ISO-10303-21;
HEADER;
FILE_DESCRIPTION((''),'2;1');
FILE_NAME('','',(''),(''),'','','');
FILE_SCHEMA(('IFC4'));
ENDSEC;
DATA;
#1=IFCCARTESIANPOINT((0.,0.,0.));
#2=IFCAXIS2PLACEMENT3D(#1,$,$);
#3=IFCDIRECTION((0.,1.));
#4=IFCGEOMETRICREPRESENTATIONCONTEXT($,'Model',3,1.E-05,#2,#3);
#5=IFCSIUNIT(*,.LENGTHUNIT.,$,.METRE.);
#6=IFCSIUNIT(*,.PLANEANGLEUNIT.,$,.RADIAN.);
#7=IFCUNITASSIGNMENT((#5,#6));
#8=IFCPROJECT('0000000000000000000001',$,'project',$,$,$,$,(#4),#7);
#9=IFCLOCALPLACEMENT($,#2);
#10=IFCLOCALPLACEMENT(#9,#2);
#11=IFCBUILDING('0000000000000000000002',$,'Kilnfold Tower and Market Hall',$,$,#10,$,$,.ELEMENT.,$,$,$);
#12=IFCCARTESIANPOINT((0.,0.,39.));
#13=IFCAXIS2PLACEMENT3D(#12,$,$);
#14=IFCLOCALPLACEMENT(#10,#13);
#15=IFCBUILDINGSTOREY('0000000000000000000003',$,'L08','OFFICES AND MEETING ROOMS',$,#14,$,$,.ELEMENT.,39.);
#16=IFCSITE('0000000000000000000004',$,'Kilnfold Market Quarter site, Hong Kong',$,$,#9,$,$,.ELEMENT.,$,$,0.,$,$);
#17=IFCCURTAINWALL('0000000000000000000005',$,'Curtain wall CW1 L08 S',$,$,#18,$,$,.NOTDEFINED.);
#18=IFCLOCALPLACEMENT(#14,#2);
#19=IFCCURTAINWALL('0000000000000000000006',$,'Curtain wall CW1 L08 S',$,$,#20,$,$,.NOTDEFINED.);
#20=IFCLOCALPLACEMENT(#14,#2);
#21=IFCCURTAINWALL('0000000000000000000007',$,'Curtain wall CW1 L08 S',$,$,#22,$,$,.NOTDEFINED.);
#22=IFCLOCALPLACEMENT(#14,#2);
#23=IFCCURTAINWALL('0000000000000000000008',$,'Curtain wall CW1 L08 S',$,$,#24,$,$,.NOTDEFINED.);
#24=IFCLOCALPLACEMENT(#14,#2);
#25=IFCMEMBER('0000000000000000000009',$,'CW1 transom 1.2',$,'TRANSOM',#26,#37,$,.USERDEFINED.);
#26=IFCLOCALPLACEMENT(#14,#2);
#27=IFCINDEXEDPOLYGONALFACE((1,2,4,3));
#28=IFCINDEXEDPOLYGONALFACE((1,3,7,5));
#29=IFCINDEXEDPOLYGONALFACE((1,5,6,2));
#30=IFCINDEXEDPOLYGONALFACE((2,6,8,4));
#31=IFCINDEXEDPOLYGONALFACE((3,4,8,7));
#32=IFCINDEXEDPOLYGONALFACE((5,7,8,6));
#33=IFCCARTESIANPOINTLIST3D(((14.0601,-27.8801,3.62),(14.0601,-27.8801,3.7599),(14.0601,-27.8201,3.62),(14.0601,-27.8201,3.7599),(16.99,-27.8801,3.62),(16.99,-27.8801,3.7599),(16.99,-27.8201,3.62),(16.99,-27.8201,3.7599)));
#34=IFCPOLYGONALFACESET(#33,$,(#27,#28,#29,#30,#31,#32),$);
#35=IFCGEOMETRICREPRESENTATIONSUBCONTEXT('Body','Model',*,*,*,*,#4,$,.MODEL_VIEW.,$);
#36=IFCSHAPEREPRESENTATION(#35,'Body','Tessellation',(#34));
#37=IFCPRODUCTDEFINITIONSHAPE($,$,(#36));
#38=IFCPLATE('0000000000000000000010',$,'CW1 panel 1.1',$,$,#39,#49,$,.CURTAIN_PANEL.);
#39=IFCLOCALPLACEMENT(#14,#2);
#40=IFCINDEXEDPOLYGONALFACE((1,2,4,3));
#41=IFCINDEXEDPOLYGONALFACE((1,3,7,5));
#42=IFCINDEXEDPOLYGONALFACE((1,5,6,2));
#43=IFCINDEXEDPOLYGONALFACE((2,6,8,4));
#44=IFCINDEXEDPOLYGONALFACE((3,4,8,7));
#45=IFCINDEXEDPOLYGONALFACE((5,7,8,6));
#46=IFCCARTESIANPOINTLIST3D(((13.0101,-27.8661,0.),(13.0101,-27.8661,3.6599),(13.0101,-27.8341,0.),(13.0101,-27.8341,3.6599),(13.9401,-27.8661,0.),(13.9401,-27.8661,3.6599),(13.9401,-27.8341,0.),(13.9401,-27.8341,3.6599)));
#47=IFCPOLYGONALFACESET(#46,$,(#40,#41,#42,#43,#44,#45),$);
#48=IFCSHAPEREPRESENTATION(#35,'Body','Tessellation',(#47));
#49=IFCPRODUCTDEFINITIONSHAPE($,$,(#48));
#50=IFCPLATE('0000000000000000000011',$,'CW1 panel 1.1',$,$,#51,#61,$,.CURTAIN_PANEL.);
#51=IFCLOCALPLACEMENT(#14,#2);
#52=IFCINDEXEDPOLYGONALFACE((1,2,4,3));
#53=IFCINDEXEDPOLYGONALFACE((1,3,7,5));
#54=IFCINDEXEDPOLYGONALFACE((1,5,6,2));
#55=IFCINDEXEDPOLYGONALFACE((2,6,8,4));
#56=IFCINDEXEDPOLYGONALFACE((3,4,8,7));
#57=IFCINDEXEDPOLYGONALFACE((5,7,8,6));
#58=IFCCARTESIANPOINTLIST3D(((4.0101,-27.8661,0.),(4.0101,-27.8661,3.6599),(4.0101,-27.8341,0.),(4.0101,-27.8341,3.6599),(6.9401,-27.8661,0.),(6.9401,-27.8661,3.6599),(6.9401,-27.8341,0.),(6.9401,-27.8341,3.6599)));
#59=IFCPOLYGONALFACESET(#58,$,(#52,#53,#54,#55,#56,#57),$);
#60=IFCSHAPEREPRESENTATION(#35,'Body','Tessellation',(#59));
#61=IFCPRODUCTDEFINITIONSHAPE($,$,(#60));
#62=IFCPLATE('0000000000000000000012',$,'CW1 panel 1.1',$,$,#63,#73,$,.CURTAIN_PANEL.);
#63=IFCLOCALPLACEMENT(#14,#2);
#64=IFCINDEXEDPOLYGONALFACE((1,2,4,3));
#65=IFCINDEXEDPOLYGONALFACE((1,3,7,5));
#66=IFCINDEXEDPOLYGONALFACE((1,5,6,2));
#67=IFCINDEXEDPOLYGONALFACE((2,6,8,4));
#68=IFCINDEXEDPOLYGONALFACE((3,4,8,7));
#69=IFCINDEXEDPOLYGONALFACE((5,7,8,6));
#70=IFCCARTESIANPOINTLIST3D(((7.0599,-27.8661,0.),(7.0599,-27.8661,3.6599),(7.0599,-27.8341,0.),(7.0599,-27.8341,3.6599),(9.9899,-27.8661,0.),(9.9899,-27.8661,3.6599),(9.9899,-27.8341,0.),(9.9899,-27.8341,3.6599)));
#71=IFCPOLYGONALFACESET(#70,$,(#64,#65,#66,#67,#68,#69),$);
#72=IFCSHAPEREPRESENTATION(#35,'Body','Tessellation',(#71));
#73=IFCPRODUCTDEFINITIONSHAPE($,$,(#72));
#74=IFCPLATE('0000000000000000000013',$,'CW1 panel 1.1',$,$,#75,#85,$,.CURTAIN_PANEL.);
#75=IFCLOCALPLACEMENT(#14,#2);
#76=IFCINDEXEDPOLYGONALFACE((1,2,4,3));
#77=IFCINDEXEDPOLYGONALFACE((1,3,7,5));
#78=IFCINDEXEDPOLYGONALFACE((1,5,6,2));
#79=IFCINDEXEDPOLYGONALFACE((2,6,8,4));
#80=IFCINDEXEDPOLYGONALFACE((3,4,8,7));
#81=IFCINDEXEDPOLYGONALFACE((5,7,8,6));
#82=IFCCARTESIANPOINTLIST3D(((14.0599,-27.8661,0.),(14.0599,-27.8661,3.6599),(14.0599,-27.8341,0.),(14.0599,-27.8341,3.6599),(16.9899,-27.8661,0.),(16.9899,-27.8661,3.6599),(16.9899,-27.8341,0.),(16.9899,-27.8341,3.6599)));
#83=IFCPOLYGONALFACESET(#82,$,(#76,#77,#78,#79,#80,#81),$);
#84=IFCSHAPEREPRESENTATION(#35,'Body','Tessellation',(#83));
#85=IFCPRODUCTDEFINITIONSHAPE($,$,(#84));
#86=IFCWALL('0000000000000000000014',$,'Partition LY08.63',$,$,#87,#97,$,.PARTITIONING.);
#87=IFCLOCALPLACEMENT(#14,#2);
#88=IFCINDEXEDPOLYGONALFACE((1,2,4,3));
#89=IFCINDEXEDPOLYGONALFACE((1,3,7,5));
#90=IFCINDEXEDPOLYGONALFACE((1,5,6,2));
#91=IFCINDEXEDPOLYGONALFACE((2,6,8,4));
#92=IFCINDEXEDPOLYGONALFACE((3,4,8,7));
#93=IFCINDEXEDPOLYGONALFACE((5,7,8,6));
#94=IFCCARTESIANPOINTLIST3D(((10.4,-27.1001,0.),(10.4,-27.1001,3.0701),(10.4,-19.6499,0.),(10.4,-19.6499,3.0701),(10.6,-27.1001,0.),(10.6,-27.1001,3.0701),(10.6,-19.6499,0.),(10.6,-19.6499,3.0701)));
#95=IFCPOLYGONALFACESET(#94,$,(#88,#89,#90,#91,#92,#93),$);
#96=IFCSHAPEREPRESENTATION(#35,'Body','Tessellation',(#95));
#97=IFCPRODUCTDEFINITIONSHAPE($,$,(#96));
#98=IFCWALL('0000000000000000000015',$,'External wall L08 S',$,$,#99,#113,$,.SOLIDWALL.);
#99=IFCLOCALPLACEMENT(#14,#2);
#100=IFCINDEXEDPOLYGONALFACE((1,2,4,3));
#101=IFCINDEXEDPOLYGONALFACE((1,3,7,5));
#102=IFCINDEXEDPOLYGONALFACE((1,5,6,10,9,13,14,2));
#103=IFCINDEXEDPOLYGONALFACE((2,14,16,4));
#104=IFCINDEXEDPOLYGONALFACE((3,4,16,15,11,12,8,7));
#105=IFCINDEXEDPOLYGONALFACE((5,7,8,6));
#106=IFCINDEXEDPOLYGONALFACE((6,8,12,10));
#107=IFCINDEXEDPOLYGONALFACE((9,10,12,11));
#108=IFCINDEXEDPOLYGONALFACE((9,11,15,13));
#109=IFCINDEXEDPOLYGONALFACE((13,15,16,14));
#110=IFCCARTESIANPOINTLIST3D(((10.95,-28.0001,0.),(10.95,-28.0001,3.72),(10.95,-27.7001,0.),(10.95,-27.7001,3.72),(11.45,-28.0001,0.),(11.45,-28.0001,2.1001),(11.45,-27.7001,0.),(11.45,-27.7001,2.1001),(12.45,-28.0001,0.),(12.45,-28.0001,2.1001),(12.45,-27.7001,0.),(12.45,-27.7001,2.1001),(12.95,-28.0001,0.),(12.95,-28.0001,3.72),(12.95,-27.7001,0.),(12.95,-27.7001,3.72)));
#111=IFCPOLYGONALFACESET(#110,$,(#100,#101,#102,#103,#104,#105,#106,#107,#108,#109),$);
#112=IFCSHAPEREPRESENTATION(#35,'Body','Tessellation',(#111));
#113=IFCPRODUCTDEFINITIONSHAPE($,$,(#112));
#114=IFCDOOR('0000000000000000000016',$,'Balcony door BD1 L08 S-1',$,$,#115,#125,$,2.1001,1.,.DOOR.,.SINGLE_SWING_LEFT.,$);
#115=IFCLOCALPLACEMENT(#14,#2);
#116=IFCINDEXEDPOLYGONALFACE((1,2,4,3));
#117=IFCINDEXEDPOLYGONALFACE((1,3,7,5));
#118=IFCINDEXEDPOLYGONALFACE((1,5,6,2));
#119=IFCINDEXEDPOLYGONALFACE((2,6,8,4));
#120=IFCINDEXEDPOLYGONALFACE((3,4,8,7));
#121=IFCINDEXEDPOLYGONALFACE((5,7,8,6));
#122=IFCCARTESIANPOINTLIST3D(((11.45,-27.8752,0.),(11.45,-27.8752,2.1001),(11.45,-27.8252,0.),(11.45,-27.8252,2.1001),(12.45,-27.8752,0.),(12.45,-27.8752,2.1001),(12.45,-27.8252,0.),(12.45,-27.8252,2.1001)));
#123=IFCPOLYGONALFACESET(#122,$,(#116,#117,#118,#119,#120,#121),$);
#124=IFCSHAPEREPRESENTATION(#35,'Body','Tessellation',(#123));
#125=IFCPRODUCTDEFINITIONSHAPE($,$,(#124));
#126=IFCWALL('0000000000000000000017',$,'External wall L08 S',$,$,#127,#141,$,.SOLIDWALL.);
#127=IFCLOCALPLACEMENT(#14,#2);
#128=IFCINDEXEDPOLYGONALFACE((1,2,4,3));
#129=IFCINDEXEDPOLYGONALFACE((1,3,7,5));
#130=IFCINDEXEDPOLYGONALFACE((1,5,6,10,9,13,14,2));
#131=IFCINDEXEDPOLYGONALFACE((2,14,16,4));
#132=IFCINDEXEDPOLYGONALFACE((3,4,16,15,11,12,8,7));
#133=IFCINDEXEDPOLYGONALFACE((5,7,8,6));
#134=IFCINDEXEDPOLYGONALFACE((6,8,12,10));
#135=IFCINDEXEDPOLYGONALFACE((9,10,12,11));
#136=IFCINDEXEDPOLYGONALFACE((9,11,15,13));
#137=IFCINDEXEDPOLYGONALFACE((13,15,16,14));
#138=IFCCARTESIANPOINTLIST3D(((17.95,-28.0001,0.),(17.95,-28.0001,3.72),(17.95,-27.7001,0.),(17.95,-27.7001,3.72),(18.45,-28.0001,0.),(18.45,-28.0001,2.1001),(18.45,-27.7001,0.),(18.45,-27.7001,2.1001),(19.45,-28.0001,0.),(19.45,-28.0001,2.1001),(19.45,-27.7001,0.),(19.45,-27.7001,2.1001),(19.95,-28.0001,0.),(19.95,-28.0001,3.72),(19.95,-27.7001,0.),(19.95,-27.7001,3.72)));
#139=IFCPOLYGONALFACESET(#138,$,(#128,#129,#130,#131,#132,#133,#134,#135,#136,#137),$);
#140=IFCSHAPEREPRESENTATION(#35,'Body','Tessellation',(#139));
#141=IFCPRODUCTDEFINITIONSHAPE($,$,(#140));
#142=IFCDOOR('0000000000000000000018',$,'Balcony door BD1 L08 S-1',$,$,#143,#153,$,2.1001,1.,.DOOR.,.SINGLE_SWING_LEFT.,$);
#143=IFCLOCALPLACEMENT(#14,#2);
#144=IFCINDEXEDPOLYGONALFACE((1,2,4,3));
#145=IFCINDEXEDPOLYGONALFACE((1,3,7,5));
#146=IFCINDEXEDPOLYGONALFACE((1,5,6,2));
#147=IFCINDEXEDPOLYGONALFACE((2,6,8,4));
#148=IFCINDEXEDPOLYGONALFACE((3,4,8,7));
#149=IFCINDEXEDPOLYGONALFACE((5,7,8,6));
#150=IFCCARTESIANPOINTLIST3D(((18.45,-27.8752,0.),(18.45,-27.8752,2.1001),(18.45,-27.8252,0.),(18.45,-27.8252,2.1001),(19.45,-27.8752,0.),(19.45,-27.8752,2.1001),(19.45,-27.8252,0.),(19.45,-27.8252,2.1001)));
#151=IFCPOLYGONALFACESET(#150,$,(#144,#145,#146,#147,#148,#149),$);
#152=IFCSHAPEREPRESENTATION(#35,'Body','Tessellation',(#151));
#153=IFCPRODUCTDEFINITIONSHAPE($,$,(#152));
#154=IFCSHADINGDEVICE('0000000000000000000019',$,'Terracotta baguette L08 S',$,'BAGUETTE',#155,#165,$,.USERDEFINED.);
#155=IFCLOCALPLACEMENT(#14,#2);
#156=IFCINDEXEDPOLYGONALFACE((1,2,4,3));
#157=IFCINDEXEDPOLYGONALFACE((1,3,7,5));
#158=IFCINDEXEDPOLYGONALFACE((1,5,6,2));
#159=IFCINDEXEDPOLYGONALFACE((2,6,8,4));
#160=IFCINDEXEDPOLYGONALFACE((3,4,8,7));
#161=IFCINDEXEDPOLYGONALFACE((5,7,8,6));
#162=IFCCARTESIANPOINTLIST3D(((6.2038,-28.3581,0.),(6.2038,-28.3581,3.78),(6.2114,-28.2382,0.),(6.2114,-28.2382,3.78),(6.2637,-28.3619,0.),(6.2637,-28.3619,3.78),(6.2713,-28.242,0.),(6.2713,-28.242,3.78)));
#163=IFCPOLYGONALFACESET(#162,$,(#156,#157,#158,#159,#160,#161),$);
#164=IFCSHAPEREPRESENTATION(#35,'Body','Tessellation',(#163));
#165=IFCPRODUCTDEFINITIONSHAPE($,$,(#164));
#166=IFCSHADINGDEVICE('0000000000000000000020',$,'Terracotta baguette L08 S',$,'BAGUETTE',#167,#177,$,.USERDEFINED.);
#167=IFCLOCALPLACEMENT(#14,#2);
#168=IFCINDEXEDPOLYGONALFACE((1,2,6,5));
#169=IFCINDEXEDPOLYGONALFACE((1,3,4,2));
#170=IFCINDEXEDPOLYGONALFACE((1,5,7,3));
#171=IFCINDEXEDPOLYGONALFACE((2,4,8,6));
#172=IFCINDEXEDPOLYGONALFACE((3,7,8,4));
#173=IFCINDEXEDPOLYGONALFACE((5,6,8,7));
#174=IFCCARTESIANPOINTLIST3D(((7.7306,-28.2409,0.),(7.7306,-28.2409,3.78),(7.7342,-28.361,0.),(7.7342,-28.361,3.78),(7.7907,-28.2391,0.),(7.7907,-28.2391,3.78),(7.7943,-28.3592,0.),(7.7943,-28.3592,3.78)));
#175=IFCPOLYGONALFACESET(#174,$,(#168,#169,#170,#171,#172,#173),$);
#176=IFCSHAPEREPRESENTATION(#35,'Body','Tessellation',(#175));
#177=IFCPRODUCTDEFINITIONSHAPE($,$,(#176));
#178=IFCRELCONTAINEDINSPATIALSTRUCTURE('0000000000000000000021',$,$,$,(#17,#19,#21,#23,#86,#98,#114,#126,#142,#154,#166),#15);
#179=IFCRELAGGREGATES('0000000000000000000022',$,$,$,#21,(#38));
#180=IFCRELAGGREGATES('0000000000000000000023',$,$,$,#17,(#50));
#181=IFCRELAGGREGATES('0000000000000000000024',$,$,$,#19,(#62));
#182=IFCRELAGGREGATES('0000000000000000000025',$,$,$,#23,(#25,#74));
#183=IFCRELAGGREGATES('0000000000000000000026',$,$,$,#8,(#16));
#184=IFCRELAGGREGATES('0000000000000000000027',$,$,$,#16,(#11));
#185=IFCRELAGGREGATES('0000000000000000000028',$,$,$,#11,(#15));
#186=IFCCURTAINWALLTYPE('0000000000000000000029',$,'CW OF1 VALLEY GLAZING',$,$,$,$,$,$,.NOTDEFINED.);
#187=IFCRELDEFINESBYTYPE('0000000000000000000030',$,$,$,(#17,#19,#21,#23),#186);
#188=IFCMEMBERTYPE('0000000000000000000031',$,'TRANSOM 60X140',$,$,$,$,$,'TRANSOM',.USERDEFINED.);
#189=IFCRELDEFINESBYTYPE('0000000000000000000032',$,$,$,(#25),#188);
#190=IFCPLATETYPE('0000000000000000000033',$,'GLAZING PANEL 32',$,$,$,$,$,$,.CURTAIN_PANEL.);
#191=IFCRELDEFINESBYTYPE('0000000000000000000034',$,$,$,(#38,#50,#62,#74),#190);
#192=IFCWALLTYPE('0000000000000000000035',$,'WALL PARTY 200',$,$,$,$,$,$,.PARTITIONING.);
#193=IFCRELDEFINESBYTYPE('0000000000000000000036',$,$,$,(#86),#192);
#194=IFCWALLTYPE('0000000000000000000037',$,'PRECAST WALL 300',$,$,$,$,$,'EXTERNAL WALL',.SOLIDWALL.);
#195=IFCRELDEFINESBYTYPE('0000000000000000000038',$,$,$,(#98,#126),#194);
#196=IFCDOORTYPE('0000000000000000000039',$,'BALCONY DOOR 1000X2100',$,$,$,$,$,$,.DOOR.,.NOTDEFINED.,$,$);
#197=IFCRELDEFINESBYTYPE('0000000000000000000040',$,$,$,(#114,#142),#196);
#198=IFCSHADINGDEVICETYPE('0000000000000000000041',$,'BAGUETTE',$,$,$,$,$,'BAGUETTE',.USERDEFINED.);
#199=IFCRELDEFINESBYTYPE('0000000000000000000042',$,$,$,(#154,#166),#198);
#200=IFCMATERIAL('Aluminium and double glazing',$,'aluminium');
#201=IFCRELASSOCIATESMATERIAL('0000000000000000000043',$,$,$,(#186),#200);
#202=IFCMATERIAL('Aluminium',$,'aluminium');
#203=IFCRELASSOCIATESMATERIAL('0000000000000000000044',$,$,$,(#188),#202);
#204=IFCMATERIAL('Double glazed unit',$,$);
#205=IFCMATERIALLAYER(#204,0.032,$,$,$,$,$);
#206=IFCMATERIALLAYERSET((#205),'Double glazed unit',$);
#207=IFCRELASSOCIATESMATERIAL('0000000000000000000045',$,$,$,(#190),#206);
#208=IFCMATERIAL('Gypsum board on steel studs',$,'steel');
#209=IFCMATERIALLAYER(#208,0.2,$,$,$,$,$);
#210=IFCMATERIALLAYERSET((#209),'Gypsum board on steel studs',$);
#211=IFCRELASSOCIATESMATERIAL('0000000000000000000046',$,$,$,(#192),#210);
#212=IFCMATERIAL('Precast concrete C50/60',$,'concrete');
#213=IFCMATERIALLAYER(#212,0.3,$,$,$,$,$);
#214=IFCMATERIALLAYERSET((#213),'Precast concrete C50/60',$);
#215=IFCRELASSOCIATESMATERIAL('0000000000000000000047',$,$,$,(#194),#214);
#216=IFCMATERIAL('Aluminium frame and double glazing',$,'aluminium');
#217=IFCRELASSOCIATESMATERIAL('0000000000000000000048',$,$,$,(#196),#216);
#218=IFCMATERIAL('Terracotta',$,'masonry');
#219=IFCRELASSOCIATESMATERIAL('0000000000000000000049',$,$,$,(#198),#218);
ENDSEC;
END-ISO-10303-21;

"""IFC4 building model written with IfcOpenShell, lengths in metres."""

from ifc_helpers import new_model, si_unit, direction, frame, frame_2d, origin, origin_2d, place, context, subcontext, project, spatial, rectangle, extrude, source, transform, mapped, material, layer, layer_set, material_profile, profile_set, type_object, element, fill, aggregate, save


model = new_model("IFC4")

# Units and contexts
model_context = context("Model", 3, precision=1e-05, world=origin(), true_north=direction((0.0, 1.0)))
body_context = subcontext(model_context, "Body", "Model", "MODEL_VIEW")
ifc_project = project(units=[si_unit("LENGTHUNIT", "METRE"), si_unit("PLANEANGLEUNIT", "RADIAN")], contexts=[model_context])

# Site, building, storey
site_placement = place(None, origin())
site = spatial("IfcSite", under=ifc_project, at=site_placement, Name="Kilnfold Market Quarter site, Hong Kong", CompositionType="ELEMENT", RefElevation=0.0)
building_placement = place(site_placement, origin())
building = spatial("IfcBuilding", under=site, at=building_placement, Name="Kilnfold Tower and Market Hall", CompositionType="ELEMENT")
storey_placement = place(building_placement, frame((0.0, 0.0, 39.0)))
storey = spatial("IfcBuildingStorey", under=building, at=storey_placement, Name="L08", Description="OFFICES AND MEETING ROOMS", CompositionType="ELEMENT", Elevation=39.0)

# Curtain wall
ifc_material_1 = material(Name="Aluminium and double glazing", Category="aluminium")
curtain_wall_type = type_object("IfcCurtainWallType", Name="CW OF1 VALLEY GLAZING", PredefinedType="NOTDEFINED", material=ifc_material_1)
curtain_wall_1_placement = place(storey_placement, origin())
curtain_wall_1 = element("IfcCurtainWall", 1, at=curtain_wall_1_placement, inside=storey, type_object=curtain_wall_type, Name="Curtain wall CW1 L08 S", PredefinedType="NOTDEFINED")

# Curtain walls
curtain_wall_2_placement = place(storey_placement, origin())
curtain_wall_2 = element("IfcCurtainWall", 2, at=curtain_wall_2_placement, inside=storey, type_object=curtain_wall_type, Name="Curtain wall CW1 L08 S", PredefinedType="NOTDEFINED")
curtain_wall_3_placement = place(storey_placement, origin())
curtain_wall_3 = element("IfcCurtainWall", 3, at=curtain_wall_3_placement, inside=storey, type_object=curtain_wall_type, Name="Curtain wall CW1 L08 S", PredefinedType="NOTDEFINED")
curtain_wall_4_placement = place(storey_placement, origin())
curtain_wall_4 = element("IfcCurtainWall", 4, at=curtain_wall_4_placement, inside=storey, type_object=curtain_wall_type, Name="Curtain wall CW1 L08 S", PredefinedType="NOTDEFINED")

# Member
ifc_material_2 = material(Name="Aluminium", Category="aluminium")
ifc_material_profile_1 = material_profile(ifc_material_2, rectangle(XDim=0.0601, YDim=0.1399, at=origin_2d()), Name="TRANSOM 60x140")
ifc_profile_set_1 = profile_set([ifc_material_profile_1], Name="Aluminium")
member_type_1 = type_object("IfcMemberType", Name="TRANSOM 60X140", ElementType="TRANSOM", PredefinedType="USERDEFINED", material=ifc_profile_set_1)
shared_shape_1 = source(origin(), body_context, "Body", "SweptSolid", [
    extrude(rectangle(XDim=0.0601, YDim=0.1399, at=origin_2d()), origin(), (0.0, 0.0, 1.0), 2.9299),
])
member_1_placement = place(storey_placement, frame((14.0601, -27.8501, 3.6899), z_axis=(1.0, 0.0, 0.0), x_axis=(0.0, 1.0, 0.0)))
member_1 = element("IfcMember", 5, at=member_1_placement, type_object=member_type_1, Name="CW1 transom 1.2", ObjectType="TRANSOM", PredefinedType="USERDEFINED", context=body_context, shape_type="MappedRepresentation", body=[
    mapped(shared_shape_1, transform((0.0, 0.0, 0.0))),
])

# Plates
ifc_material_3 = material(Name="Double glazed unit")
ifc_layer_1 = layer(ifc_material_3, 0.032)
ifc_layer_set_1 = layer_set([ifc_layer_1], Name="Double glazed unit")
plate_type = type_object("IfcPlateType", Name="GLAZING PANEL 32", PredefinedType="CURTAIN_PANEL", material=ifc_layer_set_1)
shared_shape_2 = source(origin(), body_context, "Body", "SweptSolid", [
    extrude(rectangle(XDim=0.9299, YDim=0.032, at=origin_2d()), origin(), (0.0, 0.0, 1.0), 3.6599),
])
plate_1_placement = place(storey_placement, frame((13.4751, -27.8501, 0.0), z_axis=(0.0, 0.0, 1.0), x_axis=(1.0, 0.0, 0.0)))
plate_1 = element("IfcPlate", 6, at=plate_1_placement, type_object=plate_type, Name="CW1 panel 1.1", PredefinedType="CURTAIN_PANEL", context=body_context, shape_type="MappedRepresentation", body=[
    mapped(shared_shape_2, transform((0.0, 0.0, 0.0))),
])
aggregate(curtain_wall_3, [plate_1])
shared_shape_3 = source(origin(), body_context, "Body", "SweptSolid", [
    extrude(rectangle(XDim=2.9299, YDim=0.032, at=origin_2d()), origin(), (0.0, 0.0, 1.0), 3.6599),
])
plate_2_placement = place(storey_placement, frame((5.4751, -27.8501, 0.0), z_axis=(0.0, 0.0, 1.0), x_axis=(1.0, 0.0, 0.0)))
plate_2 = element("IfcPlate", 7, at=plate_2_placement, type_object=plate_type, Name="CW1 panel 1.1", PredefinedType="CURTAIN_PANEL", context=body_context, shape_type="MappedRepresentation", body=[
    mapped(shared_shape_3, transform((0.0, 0.0, 0.0))),
])
aggregate(curtain_wall_1, [plate_2])
plate_3_placement = place(storey_placement, frame((8.5249, -27.8501, 0.0), z_axis=(0.0, 0.0, 1.0), x_axis=(1.0, 0.0, 0.0)))
plate_3 = element("IfcPlate", 8, at=plate_3_placement, type_object=plate_type, Name="CW1 panel 1.1", PredefinedType="CURTAIN_PANEL", context=body_context, shape_type="MappedRepresentation", body=[
    mapped(shared_shape_3, transform((0.0, 0.0, 0.0))),
])
aggregate(curtain_wall_2, [plate_3])
plate_4_placement = place(storey_placement, frame((15.5249, -27.8501, 0.0), z_axis=(0.0, 0.0, 1.0), x_axis=(1.0, 0.0, 0.0)))
plate_4 = element("IfcPlate", 9, at=plate_4_placement, type_object=plate_type, Name="CW1 panel 1.1", PredefinedType="CURTAIN_PANEL", context=body_context, shape_type="MappedRepresentation", body=[
    mapped(shared_shape_3, transform((0.0, 0.0, 0.0))),
])
aggregate(curtain_wall_4, [member_1, plate_4])

# Wall
ifc_material_4 = material(Name="Gypsum board on steel studs", Category="steel")
ifc_layer_2 = layer(ifc_material_4, 0.2)
ifc_layer_set_2 = layer_set([ifc_layer_2], Name="Gypsum board on steel studs")
wall_type_1 = type_object("IfcWallType", Name="WALL PARTY 200", PredefinedType="PARTITIONING", material=ifc_layer_set_2)
wall_1_placement = place(storey_placement, frame((10.5, -27.1001, 0.0), z_axis=(0.0, 0.0, 1.0), x_axis=(0.0, 1.0, 0.0)))
element("IfcWall", 10, at=wall_1_placement, inside=storey, type_object=wall_type_1, Name="Partition LY08.63", PredefinedType="PARTITIONING", context=body_context, shape_type="SweptSolid", body=[
    extrude(rectangle(XDim=7.4502, YDim=0.2, at=frame_2d((3.7251, 0.0))), origin(), (0.0, 0.0, 1.0), 3.0701),
])

# Walls, openings, doors
ifc_material_5 = material(Name="Precast concrete C50/60", Category="concrete")
ifc_layer_3 = layer(ifc_material_5, 0.3)
ifc_layer_set_3 = layer_set([ifc_layer_3], Name="Precast concrete C50/60")
wall_type_2 = type_object("IfcWallType", Name="PRECAST WALL 300", ElementType="EXTERNAL WALL", PredefinedType="SOLIDWALL", material=ifc_layer_set_3)
shared_shape_4 = source(origin(), body_context, "Body", "SweptSolid", [
    extrude(rectangle(XDim=2.0, YDim=0.3, at=frame_2d((1.0, 0.0))), origin(), (0.0, 0.0, 1.0), 3.72),
])
wall_2_placement = place(storey_placement, frame((10.95, -27.8501, 0.0), z_axis=(0.0, 0.0, 1.0), x_axis=(1.0, 0.0, 0.0)))
wall_2 = element("IfcWall", 11, at=wall_2_placement, inside=storey, type_object=wall_type_2, Name="External wall L08 S", PredefinedType="SOLIDWALL", context=body_context, shape_type="MappedRepresentation", body=[
    mapped(shared_shape_4, transform((0.0, 0.0, 0.0))),
])
opening_1_placement = place(wall_2_placement, frame((0.5, 0.0, 0.0)))
opening_1 = element("IfcOpeningElement", 12, at=opening_1_placement, cuts=wall_2, PredefinedType="OPENING", context=body_context, shape_type="SweptSolid", body=[
    extrude(rectangle(XDim=1.0, YDim=2.1001, at=frame_2d((0.5, 1.05))), frame((0.0, 0.1602, 0.0), z_axis=(0.0, -1.0, 0.0), x_axis=(1.0, 0.0, 0.0)), (0.0, 0.0, 1.0), 0.3201),
])
ifc_material_6 = material(Name="Aluminium frame and double glazing", Category="aluminium")
door_type = type_object("IfcDoorType", Name="BALCONY DOOR 1000X2100", OperationType="NOTDEFINED", PredefinedType="DOOR", material=ifc_material_6)
door_1_placement = place(opening_1_placement, origin())
door_1 = element("IfcDoor", 13, at=door_1_placement, inside=storey, type_object=door_type, Name="Balcony door BD1 L08 S-1", OperationType="SINGLE_SWING_LEFT", OverallHeight=2.1001, OverallWidth=1.0, PredefinedType="DOOR", context=body_context, shape_type="SweptSolid", body=[
    extrude(rectangle(XDim=1.0, YDim=2.1001, at=frame_2d((0.5, 1.05))), frame((0.0, 0.0249, 0.0), z_axis=(0.0, -1.0, 0.0), x_axis=(1.0, 0.0, 0.0)), (0.0, 0.0, 1.0), 0.05),
])
fill(opening_1, door_1)
wall_3_placement = place(storey_placement, frame((17.95, -27.8501, 0.0), z_axis=(0.0, 0.0, 1.0), x_axis=(1.0, 0.0, 0.0)))
wall_3 = element("IfcWall", 14, at=wall_3_placement, inside=storey, type_object=wall_type_2, Name="External wall L08 S", PredefinedType="SOLIDWALL", context=body_context, shape_type="MappedRepresentation", body=[
    mapped(shared_shape_4, transform((0.0, 0.0, 0.0))),
])
opening_2_placement = place(wall_3_placement, frame((0.5, 0.0, 0.0)))
opening_2 = element("IfcOpeningElement", 15, at=opening_2_placement, cuts=wall_3, PredefinedType="OPENING", context=body_context, shape_type="SweptSolid", body=[
    extrude(rectangle(XDim=1.0, YDim=2.1001, at=frame_2d((0.5, 1.05))), frame((0.0, 0.1602, 0.0), z_axis=(0.0, -1.0, 0.0), x_axis=(1.0, 0.0, 0.0)), (0.0, 0.0, 1.0), 0.3201),
])
door_2_placement = place(opening_2_placement, origin())
door_2 = element("IfcDoor", 16, at=door_2_placement, inside=storey, type_object=door_type, Name="Balcony door BD1 L08 S-1", OperationType="SINGLE_SWING_LEFT", OverallHeight=2.1001, OverallWidth=1.0, PredefinedType="DOOR", context=body_context, shape_type="SweptSolid", body=[
    extrude(rectangle(XDim=1.0, YDim=2.1001, at=frame_2d((0.5, 1.05))), frame((0.0, 0.0249, 0.0), z_axis=(0.0, -1.0, 0.0), x_axis=(1.0, 0.0, 0.0)), (0.0, 0.0, 1.0), 0.05),
])
fill(opening_2, door_2)

# Shading devices
ifc_material_7 = material(Name="Terracotta", Category="masonry")
ifc_material_profile_2 = material_profile(ifc_material_7, rectangle(XDim=0.0601, YDim=0.1201, at=origin_2d()), Name="BAG 60x120")
ifc_profile_set_2 = profile_set([ifc_material_profile_2], Name="Terracotta")
shading_device_type = type_object("IfcShadingDeviceType", Name="BAGUETTE", ElementType="BAGUETTE", PredefinedType="USERDEFINED", material=ifc_profile_set_2)
shared_shape_5 = source(origin(), body_context, "Body", "SweptSolid", [
    extrude(rectangle(XDim=0.0601, YDim=0.1201, at=origin_2d()), origin(), (0.0, 0.0, 1.0), 3.78),
])
for number, where, z_axis, x_axis, name in (
    (17, (6.2375, -28.3, 0.0), (0.0, 0.0, 1.0), (0.998018, -0.062928, 0.0), "Terracotta baguette L08 S"),
    (18, (7.7625, -28.3, 0.0), (0.0, 0.0, 1.0), (0.99955, 0.029996, 0.0), "Terracotta baguette L08 S"),
):
    element("IfcShadingDevice", number, at=place(storey_placement, frame(where, z_axis=z_axis, x_axis=x_axis)), inside=storey, type_object=shading_device_type, Name=name, ObjectType="BAGUETTE", PredefinedType="USERDEFINED", context=body_context, shape_type="MappedRepresentation", body=[
        mapped(shared_shape_5, transform((0.0, 0.0, 0.0))),
    ])

save(model, "model.ifc")
